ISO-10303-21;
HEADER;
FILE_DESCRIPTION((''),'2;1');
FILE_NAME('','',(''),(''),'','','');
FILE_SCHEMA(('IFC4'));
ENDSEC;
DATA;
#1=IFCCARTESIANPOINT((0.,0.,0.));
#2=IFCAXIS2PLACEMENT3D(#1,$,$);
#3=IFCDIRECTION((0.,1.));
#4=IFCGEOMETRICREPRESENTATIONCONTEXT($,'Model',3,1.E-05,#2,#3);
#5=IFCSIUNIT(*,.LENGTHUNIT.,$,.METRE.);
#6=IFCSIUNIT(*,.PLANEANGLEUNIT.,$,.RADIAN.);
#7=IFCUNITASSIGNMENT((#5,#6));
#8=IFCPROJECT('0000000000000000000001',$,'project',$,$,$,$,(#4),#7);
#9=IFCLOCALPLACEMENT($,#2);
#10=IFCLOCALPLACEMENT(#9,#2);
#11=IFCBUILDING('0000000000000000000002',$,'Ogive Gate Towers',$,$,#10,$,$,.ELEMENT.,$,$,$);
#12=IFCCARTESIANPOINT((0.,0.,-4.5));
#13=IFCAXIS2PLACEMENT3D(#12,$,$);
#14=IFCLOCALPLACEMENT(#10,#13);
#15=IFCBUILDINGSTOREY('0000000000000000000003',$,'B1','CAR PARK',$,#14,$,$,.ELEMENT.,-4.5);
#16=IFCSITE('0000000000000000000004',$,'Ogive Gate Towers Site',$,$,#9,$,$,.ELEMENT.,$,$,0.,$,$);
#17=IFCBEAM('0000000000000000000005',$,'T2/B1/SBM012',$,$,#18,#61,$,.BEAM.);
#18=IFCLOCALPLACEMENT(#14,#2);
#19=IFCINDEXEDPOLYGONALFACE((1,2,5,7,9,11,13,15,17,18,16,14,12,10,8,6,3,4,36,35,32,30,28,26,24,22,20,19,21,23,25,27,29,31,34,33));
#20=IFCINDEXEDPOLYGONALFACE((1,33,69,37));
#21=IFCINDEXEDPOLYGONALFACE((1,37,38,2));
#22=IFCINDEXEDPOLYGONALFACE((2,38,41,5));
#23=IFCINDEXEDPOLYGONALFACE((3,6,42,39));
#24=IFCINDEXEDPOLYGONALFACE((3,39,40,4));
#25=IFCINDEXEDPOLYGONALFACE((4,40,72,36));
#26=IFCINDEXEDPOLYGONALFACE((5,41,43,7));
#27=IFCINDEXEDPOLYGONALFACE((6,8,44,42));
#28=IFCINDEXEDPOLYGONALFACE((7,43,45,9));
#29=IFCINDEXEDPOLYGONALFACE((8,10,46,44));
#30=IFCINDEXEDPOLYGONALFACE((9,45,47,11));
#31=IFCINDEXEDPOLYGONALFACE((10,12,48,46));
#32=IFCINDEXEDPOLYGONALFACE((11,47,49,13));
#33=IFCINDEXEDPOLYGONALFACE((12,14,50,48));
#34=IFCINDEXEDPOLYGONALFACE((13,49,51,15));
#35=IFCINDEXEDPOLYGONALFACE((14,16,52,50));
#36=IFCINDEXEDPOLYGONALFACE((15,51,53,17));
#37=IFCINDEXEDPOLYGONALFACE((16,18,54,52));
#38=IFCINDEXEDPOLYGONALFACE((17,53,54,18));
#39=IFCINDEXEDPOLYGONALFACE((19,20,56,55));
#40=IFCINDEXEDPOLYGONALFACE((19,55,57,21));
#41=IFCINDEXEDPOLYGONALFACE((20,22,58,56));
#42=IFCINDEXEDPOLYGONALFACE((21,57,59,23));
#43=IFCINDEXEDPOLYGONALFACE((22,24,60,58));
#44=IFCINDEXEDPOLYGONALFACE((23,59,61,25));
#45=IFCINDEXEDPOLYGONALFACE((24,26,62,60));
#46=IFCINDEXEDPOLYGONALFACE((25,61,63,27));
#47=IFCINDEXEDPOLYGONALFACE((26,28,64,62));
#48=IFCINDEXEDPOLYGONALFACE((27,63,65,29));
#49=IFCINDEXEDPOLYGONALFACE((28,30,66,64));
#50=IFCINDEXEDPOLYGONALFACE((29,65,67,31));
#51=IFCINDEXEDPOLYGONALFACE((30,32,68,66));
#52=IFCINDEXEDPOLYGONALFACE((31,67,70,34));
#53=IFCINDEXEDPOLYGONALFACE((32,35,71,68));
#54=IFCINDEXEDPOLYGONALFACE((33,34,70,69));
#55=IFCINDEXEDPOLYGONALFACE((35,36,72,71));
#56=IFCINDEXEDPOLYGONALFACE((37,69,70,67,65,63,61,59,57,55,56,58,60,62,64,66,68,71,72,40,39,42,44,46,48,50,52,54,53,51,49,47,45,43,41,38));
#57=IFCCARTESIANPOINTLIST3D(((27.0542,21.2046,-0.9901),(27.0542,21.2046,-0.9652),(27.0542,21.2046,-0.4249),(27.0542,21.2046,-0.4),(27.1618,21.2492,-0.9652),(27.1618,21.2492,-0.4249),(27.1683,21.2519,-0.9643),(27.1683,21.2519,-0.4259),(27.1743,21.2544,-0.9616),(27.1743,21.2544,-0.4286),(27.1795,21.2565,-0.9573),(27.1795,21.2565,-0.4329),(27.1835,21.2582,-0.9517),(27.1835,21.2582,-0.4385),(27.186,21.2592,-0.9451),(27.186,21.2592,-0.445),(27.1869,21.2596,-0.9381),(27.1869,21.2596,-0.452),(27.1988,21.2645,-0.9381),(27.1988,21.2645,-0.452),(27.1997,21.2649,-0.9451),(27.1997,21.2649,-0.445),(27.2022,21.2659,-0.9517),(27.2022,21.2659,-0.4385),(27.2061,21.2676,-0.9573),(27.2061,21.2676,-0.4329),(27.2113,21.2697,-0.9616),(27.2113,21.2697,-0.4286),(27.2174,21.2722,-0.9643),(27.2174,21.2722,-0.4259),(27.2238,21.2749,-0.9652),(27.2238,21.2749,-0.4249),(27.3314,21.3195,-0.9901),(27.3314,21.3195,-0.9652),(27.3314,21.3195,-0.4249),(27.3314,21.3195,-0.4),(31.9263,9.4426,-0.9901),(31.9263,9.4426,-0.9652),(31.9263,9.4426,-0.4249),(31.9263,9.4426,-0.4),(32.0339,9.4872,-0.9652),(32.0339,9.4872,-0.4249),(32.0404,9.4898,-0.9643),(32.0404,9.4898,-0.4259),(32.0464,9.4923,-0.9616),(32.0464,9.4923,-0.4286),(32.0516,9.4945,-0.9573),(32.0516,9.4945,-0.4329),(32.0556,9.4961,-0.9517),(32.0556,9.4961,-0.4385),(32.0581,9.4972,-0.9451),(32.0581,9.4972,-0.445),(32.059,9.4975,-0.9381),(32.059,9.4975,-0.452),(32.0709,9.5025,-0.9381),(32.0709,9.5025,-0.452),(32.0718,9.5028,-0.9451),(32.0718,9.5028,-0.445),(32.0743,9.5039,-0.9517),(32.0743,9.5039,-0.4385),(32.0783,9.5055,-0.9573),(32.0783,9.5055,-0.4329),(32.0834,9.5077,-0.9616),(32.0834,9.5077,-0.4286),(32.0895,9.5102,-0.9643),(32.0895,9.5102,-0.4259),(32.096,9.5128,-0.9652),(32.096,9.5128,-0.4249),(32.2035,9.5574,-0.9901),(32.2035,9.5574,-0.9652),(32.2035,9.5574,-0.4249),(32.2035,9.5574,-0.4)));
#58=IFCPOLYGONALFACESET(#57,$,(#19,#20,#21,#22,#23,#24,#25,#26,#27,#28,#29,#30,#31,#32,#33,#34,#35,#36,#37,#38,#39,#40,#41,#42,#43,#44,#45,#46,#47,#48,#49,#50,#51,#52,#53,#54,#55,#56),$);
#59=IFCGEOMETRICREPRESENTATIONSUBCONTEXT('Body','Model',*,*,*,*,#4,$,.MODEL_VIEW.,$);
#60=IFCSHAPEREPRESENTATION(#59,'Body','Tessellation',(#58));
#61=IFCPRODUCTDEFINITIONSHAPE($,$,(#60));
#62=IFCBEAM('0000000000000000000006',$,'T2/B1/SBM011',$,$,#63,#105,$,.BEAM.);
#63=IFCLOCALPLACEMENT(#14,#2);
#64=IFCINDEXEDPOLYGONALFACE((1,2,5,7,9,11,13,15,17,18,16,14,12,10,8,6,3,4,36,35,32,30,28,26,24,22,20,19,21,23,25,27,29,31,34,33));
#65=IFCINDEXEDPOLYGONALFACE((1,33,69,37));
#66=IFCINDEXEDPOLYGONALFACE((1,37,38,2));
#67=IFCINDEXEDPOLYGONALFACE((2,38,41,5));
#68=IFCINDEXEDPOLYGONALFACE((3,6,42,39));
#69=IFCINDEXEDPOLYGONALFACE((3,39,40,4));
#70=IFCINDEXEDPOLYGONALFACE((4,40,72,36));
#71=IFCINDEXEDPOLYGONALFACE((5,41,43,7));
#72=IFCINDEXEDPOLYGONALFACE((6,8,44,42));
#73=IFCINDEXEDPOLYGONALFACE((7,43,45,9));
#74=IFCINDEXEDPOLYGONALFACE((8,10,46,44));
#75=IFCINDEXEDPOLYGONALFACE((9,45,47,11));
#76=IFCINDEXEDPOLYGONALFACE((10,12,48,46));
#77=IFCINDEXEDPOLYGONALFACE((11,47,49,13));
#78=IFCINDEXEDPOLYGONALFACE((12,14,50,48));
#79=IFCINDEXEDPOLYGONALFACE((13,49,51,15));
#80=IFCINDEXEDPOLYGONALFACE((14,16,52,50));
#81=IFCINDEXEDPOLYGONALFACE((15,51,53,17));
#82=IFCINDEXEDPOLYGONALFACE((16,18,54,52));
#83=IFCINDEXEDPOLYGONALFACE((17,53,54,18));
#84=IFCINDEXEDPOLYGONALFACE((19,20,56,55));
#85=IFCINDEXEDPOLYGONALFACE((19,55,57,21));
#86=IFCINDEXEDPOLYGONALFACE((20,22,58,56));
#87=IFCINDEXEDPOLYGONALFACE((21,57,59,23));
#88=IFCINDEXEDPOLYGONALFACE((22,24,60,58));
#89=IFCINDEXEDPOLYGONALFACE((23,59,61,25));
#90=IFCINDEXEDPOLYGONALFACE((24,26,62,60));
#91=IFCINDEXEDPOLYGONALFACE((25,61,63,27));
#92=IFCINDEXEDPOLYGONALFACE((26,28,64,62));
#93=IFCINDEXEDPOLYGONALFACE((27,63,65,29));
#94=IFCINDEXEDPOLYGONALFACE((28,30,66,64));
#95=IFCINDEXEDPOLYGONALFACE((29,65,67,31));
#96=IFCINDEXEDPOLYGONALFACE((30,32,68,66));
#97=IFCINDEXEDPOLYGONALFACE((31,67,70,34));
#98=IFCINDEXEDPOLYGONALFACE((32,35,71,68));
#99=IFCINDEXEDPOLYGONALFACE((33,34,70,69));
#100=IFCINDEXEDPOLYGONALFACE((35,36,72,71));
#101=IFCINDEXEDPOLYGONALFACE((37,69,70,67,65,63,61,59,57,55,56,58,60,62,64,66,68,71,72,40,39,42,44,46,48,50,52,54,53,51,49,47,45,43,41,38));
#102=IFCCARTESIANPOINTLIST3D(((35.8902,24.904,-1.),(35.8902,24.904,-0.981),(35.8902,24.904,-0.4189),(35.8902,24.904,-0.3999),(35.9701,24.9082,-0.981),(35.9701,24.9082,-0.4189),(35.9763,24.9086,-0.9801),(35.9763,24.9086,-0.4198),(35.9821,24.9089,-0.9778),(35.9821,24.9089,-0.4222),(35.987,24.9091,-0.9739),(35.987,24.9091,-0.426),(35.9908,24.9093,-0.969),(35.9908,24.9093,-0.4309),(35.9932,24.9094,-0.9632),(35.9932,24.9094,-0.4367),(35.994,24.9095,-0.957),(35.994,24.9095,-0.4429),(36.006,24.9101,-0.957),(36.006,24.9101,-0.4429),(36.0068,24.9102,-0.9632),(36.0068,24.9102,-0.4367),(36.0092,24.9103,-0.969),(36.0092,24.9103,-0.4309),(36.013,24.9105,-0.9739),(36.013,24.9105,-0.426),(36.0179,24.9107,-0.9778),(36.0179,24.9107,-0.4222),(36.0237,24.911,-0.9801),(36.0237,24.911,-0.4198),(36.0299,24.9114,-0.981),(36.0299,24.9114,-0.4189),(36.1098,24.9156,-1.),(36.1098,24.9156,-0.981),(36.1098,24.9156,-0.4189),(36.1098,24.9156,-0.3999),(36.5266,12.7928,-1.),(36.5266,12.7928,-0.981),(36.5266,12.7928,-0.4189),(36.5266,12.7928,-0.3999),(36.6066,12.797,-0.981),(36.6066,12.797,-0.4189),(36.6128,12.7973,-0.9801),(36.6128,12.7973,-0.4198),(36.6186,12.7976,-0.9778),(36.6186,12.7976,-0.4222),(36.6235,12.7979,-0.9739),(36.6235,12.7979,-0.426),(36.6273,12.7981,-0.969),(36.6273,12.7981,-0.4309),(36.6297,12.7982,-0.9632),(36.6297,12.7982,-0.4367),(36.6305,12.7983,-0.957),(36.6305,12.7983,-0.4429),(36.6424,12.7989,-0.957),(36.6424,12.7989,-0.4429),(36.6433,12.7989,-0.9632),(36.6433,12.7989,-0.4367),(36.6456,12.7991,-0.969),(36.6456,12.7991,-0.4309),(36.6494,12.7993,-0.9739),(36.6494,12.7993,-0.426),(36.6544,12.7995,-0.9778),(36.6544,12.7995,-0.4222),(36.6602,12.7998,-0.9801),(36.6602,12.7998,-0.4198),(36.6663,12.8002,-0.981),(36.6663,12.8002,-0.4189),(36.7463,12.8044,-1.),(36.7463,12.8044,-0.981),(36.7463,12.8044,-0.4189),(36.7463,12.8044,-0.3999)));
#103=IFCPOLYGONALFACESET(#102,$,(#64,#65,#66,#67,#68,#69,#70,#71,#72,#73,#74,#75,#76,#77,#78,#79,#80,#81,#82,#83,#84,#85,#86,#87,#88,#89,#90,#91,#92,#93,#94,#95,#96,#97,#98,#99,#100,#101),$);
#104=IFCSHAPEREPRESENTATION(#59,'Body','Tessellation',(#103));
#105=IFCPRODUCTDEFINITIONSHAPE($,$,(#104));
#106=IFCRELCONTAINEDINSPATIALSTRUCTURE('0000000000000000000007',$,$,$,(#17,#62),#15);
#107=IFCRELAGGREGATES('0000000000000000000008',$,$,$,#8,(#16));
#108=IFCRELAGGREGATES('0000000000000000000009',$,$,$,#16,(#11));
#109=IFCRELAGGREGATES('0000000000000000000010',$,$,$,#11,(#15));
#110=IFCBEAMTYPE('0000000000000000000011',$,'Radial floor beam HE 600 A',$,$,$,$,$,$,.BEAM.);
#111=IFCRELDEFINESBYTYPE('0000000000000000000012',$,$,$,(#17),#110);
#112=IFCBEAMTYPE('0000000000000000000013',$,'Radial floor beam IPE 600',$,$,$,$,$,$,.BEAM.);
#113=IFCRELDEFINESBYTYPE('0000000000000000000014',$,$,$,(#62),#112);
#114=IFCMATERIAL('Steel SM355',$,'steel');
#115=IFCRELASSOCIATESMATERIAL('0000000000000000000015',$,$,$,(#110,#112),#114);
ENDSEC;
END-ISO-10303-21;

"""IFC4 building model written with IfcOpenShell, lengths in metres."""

from ifc_helpers import new_model, si_unit, direction, frame, origin, origin_2d, place, context, subcontext, project, spatial, i_section, extrude, material, material_profile, profile_set, type_object, element, save


model = new_model("IFC4")

# Units and contexts
model_context = context("Model", 3, precision=1e-05, world=origin(), true_north=direction((0.0, 1.0)))
body_context = subcontext(model_context, "Body", "Model", "MODEL_VIEW")
ifc_project = project(units=[si_unit("LENGTHUNIT", "METRE"), si_unit("PLANEANGLEUNIT", "RADIAN")], contexts=[model_context])

# Site, building, storey
site_placement = place(None, origin())
site = spatial("IfcSite", under=ifc_project, at=site_placement, Name="Ogive Gate Towers Site", CompositionType="ELEMENT", RefElevation=0.0)
building_placement = place(site_placement, origin())
building = spatial("IfcBuilding", under=site, at=building_placement, Name="Ogive Gate Towers", CompositionType="ELEMENT")
storey_placement = place(building_placement, frame((0.0, 0.0, -4.5)))
storey = spatial("IfcBuildingStorey", under=building, at=storey_placement, Name="B1", Description="CAR PARK", CompositionType="ELEMENT", Elevation=-4.5)

# Beams
ifc_material_1 = material(Name="Steel SM355", Category="steel")
ifc_material_profile_1 = material_profile(ifc_material_1, i_section(OverallWidth=0.3, OverallDepth=0.5901, WebThickness=0.0129, FlangeThickness=0.0249, FilletRadius=0.0271, at=origin_2d()), Name="HE 600 A")
ifc_profile_set_1 = profile_set([ifc_material_profile_1], Name="Steel SM355")
beam_type_1 = type_object("IfcBeamType", Name="Radial floor beam HE 600 A", PredefinedType="BEAM", material=ifc_profile_set_1)
for number, where, z_axis, x_axis, name in (
    (1, (32.0649, 9.5, -0.6951), (-0.382691, 0.923877, 0.0), (-0.923877, -0.382691, 0.0), "T2/B1/SBM012"),
):
    element("IfcBeam", number, at=place(storey_placement, frame(where, z_axis=z_axis, x_axis=x_axis)), inside=storey, type_object=beam_type_1, Name=name, PredefinedType="BEAM", context=body_context, shape_type="SweptSolid", body=[
        extrude(i_section(OverallWidth=0.3, OverallDepth=0.5901, WebThickness=0.0129, FlangeThickness=0.0249, FilletRadius=0.0271, at=origin_2d()), origin(), (0.0, 0.0, 1.0), 12.7312),
    ])
ifc_material_profile_2 = material_profile(ifc_material_1, i_section(OverallWidth=0.22, OverallDepth=0.6001, WebThickness=0.012, FlangeThickness=0.019, FilletRadius=0.0239, at=origin_2d()), Name="IPE 600")
ifc_profile_set_2 = profile_set([ifc_material_profile_2], Name="Steel SM355")
beam_type_2 = type_object("IfcBeamType", Name="Radial floor beam IPE 600", PredefinedType="BEAM", material=ifc_profile_set_2)
beam_placement = place(storey_placement, frame((36.6365, 12.7986, -0.7), z_axis=(-0.05248, 0.998622, 0.0), x_axis=(-0.998622, -0.05248, 0.0)))
element("IfcBeam", 2, at=beam_placement, inside=storey, type_object=beam_type_2, Name="T2/B1/SBM011", PredefinedType="BEAM", context=body_context, shape_type="SweptSolid", body=[
    extrude(i_section(OverallWidth=0.22, OverallDepth=0.6001, WebThickness=0.012, FlangeThickness=0.019, FilletRadius=0.0239, at=origin_2d()), origin(), (0.0, 0.0, 1.0), 12.1279),
])

save(model, "model.ifc")
